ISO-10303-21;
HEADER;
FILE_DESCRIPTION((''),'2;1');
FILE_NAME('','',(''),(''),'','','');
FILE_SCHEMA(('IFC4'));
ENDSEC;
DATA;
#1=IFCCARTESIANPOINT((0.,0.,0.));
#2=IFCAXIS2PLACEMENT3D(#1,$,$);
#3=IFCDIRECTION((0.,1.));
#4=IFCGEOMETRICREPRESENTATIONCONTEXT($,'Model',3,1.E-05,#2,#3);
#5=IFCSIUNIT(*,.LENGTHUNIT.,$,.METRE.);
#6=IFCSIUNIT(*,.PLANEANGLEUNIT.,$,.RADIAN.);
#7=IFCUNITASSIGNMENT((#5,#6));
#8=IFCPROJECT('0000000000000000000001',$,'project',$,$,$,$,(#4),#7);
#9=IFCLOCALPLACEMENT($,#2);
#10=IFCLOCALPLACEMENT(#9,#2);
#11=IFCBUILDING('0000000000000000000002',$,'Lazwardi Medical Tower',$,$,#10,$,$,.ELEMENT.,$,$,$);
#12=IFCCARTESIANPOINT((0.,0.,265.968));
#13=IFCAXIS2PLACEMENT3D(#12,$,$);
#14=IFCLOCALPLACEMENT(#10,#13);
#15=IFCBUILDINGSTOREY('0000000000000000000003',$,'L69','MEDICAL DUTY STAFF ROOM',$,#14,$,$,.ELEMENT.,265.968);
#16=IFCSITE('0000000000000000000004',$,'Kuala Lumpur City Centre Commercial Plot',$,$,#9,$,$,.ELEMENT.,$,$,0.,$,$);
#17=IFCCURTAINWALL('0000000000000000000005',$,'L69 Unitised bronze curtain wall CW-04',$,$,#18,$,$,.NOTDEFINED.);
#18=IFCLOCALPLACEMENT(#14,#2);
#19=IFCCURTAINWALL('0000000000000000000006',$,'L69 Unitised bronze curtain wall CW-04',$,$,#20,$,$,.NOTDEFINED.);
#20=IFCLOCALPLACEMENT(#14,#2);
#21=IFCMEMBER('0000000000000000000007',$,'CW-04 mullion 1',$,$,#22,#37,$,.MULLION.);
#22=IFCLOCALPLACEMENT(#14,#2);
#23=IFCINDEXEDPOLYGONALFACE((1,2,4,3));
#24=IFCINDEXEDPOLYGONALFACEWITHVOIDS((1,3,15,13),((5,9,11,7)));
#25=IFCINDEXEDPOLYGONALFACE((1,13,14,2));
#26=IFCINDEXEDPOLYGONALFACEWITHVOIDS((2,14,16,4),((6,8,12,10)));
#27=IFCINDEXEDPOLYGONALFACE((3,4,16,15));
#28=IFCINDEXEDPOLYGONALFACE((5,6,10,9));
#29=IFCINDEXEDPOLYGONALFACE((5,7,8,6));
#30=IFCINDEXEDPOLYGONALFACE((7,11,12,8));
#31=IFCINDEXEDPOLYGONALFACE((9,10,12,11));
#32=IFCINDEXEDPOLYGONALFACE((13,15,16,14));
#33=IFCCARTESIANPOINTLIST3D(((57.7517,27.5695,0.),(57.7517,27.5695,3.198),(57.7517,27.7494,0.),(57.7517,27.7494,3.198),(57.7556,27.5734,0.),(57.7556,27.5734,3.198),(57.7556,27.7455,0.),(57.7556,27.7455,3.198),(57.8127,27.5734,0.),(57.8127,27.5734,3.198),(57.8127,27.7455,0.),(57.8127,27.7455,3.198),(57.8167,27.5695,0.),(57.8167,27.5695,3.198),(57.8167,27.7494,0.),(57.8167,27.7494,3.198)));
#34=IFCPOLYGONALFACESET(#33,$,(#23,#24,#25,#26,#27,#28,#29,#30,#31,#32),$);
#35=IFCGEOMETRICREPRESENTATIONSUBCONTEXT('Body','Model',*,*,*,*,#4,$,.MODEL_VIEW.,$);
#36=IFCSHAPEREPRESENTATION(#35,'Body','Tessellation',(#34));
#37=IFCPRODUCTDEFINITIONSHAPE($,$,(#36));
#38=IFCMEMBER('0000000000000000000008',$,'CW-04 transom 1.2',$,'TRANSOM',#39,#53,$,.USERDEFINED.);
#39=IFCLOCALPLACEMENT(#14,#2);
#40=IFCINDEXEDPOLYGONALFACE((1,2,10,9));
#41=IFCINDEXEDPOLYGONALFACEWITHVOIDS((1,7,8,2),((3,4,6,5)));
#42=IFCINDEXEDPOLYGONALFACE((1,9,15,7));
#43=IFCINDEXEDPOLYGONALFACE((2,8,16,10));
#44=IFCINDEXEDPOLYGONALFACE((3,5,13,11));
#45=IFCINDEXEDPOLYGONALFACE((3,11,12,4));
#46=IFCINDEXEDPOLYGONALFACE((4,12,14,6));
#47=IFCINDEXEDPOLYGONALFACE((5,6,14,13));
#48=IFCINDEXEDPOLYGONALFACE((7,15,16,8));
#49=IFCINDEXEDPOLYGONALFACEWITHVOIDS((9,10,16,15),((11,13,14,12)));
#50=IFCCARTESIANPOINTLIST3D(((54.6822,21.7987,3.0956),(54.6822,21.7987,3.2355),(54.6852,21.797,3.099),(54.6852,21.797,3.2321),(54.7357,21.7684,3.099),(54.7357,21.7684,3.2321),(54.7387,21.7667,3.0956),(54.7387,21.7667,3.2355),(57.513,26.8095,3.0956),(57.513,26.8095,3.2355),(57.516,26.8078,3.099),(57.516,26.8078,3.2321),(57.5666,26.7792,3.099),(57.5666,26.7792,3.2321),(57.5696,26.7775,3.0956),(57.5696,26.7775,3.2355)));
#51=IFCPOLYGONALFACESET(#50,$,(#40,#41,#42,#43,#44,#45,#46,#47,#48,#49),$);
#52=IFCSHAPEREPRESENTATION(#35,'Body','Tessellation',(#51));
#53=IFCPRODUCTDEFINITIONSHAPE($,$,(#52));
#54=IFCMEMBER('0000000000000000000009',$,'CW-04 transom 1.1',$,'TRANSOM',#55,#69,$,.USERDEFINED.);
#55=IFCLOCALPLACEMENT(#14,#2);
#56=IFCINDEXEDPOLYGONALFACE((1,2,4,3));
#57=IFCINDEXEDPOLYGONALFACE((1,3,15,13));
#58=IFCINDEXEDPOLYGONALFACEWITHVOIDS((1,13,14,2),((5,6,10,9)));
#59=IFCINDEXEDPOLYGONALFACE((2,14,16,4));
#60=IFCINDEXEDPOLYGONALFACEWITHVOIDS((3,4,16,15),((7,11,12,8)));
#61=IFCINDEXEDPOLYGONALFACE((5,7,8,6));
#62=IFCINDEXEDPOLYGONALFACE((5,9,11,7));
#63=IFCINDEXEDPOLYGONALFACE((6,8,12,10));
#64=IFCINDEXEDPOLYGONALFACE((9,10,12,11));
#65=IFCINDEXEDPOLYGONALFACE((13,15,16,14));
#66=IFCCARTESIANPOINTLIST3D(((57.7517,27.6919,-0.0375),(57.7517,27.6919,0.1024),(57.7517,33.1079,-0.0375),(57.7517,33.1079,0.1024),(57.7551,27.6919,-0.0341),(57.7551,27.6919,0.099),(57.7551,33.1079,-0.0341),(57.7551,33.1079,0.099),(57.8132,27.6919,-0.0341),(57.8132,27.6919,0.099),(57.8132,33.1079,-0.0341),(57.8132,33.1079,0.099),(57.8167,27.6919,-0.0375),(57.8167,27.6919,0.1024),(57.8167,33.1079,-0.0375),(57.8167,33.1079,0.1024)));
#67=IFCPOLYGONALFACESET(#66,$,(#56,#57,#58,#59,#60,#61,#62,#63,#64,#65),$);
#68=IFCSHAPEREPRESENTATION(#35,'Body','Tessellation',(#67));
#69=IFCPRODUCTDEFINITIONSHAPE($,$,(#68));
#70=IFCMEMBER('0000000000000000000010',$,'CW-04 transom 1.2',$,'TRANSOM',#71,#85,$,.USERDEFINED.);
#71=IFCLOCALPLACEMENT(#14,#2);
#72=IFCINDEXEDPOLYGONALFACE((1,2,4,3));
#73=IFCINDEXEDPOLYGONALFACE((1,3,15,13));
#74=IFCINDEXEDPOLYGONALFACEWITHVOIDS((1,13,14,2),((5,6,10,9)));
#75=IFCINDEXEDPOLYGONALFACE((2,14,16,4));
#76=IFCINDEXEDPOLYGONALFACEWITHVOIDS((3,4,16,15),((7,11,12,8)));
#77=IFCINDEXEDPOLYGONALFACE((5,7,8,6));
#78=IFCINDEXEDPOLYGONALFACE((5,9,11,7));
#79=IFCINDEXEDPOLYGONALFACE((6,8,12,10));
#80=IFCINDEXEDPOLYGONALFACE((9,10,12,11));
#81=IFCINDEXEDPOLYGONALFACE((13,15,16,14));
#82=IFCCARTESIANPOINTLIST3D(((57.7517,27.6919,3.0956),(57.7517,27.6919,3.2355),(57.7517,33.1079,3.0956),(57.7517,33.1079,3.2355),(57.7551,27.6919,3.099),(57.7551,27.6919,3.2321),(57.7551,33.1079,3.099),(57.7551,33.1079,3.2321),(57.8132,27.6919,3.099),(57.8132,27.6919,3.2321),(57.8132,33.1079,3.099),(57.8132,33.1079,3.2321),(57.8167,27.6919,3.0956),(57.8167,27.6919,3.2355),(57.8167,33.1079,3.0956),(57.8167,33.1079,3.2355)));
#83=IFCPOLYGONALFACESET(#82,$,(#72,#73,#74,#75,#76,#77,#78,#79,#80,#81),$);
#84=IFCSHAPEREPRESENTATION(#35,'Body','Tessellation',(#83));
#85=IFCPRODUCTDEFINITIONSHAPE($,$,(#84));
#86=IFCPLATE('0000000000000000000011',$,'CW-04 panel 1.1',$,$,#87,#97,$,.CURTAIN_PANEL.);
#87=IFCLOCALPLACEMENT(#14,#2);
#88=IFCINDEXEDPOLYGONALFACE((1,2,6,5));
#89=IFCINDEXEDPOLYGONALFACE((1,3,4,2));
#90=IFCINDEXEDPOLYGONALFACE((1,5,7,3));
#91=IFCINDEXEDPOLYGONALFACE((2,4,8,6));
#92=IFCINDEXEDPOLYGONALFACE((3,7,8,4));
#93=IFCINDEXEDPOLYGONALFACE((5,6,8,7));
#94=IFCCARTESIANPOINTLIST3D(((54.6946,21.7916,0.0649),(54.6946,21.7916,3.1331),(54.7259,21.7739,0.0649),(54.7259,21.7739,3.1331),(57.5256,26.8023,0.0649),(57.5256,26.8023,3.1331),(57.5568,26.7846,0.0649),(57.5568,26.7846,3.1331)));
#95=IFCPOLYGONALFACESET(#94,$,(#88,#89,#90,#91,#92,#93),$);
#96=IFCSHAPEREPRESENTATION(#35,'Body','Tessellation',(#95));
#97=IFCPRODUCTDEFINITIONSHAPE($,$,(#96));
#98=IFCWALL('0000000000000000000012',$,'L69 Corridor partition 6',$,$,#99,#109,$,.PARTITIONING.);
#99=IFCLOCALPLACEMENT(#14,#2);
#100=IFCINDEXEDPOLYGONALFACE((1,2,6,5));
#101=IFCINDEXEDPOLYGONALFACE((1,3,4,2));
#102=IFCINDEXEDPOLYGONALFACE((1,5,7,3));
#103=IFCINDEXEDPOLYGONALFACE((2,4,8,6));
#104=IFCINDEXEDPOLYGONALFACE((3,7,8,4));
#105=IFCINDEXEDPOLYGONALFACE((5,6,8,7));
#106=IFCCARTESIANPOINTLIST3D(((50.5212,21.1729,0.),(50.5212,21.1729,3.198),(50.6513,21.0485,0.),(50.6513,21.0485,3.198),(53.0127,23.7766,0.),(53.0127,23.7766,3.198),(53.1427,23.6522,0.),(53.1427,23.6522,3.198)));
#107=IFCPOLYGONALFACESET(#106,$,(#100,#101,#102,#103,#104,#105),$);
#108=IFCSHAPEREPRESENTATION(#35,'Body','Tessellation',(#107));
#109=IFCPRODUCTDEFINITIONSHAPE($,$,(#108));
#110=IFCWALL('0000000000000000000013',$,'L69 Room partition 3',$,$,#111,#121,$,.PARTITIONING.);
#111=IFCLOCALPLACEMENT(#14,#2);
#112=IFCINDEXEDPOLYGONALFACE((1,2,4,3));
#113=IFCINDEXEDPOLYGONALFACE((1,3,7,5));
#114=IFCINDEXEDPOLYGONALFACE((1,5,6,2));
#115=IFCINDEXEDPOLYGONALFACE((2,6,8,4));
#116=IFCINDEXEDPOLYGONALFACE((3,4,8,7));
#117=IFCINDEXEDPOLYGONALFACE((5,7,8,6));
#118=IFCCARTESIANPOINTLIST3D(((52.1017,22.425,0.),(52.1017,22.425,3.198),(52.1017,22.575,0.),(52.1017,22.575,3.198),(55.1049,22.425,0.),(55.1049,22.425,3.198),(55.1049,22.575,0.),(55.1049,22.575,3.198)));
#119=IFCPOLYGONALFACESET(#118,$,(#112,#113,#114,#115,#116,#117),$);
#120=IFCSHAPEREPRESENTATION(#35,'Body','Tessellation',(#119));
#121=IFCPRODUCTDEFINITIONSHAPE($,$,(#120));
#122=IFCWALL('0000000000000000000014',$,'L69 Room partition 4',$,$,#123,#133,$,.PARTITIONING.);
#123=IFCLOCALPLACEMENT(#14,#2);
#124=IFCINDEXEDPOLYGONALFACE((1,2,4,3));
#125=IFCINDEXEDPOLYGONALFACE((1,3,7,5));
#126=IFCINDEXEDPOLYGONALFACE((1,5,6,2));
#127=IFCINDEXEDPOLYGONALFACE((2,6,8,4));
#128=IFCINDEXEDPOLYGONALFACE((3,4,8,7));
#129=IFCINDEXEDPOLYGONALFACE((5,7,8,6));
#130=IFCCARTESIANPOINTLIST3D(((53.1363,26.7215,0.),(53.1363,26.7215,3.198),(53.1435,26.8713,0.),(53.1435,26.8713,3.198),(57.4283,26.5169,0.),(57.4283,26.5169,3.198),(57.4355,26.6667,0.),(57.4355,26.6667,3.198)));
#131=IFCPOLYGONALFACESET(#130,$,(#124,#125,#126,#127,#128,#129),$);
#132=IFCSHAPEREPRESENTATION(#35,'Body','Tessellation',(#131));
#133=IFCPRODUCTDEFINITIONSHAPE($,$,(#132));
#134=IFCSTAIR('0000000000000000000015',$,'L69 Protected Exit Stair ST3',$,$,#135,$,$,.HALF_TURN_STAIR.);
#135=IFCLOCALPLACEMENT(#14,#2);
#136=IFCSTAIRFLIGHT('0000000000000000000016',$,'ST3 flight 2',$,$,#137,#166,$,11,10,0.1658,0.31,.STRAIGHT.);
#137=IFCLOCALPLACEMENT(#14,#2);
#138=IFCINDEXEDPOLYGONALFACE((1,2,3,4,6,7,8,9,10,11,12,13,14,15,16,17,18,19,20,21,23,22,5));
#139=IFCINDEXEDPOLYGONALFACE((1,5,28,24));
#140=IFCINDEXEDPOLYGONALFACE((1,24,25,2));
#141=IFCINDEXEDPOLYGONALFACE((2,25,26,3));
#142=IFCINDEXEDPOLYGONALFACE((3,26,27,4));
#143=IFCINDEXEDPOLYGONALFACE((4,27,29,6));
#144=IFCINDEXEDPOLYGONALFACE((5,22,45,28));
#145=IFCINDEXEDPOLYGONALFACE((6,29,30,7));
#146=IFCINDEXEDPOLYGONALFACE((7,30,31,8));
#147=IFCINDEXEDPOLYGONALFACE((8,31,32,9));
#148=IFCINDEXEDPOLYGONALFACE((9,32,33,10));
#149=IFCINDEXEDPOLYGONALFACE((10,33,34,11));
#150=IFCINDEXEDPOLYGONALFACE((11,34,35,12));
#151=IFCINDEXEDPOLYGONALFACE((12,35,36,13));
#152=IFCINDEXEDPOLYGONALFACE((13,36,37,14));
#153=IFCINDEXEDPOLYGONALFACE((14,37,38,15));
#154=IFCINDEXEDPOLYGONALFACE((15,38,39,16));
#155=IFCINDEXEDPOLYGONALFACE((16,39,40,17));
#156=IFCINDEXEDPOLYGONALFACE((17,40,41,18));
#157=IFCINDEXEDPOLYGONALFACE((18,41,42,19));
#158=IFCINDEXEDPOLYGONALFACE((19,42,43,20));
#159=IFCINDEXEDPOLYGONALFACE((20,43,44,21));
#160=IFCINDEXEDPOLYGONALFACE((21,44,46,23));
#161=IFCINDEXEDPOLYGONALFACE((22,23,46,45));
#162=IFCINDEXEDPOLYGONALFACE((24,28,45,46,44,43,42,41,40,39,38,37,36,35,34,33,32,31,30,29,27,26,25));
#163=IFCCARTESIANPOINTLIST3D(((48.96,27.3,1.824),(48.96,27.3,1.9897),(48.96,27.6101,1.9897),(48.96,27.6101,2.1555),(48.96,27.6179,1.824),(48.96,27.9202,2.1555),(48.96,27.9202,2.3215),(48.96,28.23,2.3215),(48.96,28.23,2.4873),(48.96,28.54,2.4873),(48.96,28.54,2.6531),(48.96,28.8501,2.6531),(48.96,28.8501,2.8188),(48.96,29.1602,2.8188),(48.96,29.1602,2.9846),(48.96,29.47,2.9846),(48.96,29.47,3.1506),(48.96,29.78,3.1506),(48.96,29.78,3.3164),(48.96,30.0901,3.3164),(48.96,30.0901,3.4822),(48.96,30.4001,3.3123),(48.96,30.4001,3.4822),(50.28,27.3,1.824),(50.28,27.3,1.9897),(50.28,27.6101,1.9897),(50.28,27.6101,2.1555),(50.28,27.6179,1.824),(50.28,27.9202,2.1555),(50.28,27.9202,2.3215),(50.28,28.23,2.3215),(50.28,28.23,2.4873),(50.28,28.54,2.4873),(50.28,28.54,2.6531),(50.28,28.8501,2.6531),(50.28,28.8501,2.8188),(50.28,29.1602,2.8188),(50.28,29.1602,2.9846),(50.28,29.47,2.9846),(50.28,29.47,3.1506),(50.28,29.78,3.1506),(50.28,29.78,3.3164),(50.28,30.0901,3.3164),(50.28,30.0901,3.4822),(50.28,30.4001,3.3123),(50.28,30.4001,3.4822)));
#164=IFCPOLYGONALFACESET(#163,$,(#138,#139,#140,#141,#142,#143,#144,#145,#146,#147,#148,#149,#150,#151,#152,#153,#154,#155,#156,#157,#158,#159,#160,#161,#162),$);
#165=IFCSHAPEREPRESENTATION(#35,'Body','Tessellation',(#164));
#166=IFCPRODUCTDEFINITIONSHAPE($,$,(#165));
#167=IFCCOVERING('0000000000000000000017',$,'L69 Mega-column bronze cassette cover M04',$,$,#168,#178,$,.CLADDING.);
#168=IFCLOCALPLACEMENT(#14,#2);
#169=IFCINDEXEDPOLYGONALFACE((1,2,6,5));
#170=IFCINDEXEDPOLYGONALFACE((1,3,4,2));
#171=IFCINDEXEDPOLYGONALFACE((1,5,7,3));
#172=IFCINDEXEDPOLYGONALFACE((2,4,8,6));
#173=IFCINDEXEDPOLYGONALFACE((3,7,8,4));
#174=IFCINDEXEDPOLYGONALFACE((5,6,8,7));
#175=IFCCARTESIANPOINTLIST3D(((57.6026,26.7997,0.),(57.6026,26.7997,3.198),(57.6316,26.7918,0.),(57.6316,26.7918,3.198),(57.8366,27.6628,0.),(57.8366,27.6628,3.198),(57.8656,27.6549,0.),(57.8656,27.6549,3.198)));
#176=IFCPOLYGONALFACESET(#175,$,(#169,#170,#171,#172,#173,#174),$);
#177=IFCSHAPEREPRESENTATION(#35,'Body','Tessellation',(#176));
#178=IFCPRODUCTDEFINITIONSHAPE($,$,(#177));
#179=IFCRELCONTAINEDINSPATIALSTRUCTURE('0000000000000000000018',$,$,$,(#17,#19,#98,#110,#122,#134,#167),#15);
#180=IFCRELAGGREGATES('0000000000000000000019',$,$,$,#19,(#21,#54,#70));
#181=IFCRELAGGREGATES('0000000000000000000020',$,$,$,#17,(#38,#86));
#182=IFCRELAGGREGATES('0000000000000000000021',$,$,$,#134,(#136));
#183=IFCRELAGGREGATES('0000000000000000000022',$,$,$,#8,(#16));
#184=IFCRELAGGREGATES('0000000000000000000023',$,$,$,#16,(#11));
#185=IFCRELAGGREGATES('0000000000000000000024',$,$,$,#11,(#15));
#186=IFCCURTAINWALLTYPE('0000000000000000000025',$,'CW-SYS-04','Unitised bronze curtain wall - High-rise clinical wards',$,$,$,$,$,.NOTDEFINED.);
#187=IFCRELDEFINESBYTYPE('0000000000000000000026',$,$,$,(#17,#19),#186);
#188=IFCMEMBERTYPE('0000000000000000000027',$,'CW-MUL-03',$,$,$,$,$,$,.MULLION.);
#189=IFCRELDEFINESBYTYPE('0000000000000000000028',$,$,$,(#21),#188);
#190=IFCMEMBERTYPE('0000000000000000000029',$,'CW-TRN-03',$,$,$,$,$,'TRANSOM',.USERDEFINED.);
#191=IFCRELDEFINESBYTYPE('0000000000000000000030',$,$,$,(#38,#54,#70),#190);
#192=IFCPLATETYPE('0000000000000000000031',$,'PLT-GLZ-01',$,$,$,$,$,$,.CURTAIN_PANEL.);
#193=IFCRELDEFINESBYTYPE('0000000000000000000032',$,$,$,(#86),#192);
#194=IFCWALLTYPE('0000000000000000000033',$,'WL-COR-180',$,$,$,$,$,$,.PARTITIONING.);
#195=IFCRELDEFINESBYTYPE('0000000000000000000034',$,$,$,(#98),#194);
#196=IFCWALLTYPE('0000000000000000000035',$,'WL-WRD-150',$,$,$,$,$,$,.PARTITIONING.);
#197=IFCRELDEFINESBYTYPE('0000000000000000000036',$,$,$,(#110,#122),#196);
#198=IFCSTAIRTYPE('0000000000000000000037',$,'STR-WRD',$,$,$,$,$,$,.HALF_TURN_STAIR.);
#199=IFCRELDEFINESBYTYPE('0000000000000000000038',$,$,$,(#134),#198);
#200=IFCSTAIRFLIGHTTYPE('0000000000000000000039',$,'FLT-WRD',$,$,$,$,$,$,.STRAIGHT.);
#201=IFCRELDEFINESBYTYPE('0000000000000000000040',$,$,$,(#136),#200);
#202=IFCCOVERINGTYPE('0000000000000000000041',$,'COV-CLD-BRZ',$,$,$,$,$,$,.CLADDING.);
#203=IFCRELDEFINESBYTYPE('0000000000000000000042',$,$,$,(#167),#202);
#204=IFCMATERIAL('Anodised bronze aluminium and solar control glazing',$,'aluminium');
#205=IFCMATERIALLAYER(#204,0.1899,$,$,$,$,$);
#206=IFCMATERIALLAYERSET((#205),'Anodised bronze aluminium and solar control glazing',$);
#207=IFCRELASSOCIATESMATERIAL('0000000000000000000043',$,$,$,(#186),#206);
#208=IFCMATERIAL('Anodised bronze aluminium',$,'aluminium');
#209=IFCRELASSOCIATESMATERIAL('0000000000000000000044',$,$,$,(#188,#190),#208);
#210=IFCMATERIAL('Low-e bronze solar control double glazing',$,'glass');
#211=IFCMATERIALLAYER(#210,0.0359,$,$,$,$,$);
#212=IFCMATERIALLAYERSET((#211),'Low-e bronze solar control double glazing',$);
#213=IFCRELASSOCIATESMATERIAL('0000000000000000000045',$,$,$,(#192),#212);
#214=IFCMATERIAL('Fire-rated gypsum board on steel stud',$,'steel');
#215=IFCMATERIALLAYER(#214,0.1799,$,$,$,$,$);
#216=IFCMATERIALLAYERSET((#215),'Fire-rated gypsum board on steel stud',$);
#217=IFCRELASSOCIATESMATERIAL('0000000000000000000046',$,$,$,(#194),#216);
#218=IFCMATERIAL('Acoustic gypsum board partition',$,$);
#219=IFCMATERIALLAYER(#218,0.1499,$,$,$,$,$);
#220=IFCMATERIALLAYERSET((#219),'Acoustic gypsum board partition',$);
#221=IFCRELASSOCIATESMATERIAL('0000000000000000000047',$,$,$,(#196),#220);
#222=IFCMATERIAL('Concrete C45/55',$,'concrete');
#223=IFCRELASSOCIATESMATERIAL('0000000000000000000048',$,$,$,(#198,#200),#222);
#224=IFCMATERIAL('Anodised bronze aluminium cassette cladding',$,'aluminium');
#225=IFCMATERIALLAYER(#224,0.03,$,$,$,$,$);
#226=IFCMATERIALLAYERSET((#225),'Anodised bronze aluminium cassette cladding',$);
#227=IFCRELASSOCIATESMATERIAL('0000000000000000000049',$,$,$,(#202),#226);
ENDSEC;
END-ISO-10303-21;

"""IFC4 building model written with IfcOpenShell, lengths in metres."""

from ifc_helpers import new_model, si_unit, direction, frame, frame_2d, origin, origin_2d, place, context, subcontext, project, spatial, polyline, rectangle, hollow_rectangle, outline, extrude, material, layer, layer_set, material_profile, profile_set, type_object, element, aggregate, save


model = new_model("IFC4")

# Units and contexts
model_context = context("Model", 3, precision=1e-05, world=origin(), true_north=direction((0.0, 1.0)))
body_context = subcontext(model_context, "Body", "Model", "MODEL_VIEW")
ifc_project = project(units=[si_unit("LENGTHUNIT", "METRE"), si_unit("PLANEANGLEUNIT", "RADIAN")], contexts=[model_context])

# Site, building, storey
site_placement = place(None, origin())
site = spatial("IfcSite", under=ifc_project, at=site_placement, Name="Kuala Lumpur City Centre Commercial Plot", CompositionType="ELEMENT", RefElevation=0.0)
building_placement = place(site_placement, origin())
building = spatial("IfcBuilding", under=site, at=building_placement, Name="Lazwardi Medical Tower", CompositionType="ELEMENT")
storey_placement = place(building_placement, frame((0.0, 0.0, 265.968)))
storey = spatial("IfcBuildingStorey", under=building, at=storey_placement, Name="L69", Description="MEDICAL DUTY STAFF ROOM", CompositionType="ELEMENT", Elevation=265.968)

# Curtain walls, member
ifc_material_1 = material(Name="Anodised bronze aluminium and solar control glazing", Category="aluminium")
ifc_layer_1 = layer(ifc_material_1, 0.1899)
ifc_layer_set_1 = layer_set([ifc_layer_1], Name="Anodised bronze aluminium and solar control glazing")
curtain_wall_type = type_object("IfcCurtainWallType", Name="CW-SYS-04", Description="Unitised bronze curtain wall - High-rise clinical wards", PredefinedType="NOTDEFINED", material=ifc_layer_set_1)
curtain_wall_1_placement = place(storey_placement, origin())
curtain_wall_1 = element("IfcCurtainWall", 1, at=curtain_wall_1_placement, inside=storey, type_object=curtain_wall_type, Name="L69 Unitised bronze curtain wall CW-04", PredefinedType="NOTDEFINED")
ifc_material_2 = material(Name="Anodised bronze aluminium", Category="aluminium")
ifc_material_profile_1 = material_profile(ifc_material_2, hollow_rectangle(XDim=0.0649, YDim=0.1799, WallThickness=0.0039, at=origin_2d()), Name="ALU-MULLION 180x65x4")
ifc_profile_set_1 = profile_set([ifc_material_profile_1], Name="Anodised bronze aluminium")
member_type_1 = type_object("IfcMemberType", Name="CW-MUL-03", PredefinedType="MULLION", material=ifc_profile_set_1)
curtain_wall_2_placement = place(storey_placement, origin())
curtain_wall_2 = element("IfcCurtainWall", 2, at=curtain_wall_2_placement, inside=storey, type_object=curtain_wall_type, Name="L69 Unitised bronze curtain wall CW-04", PredefinedType="NOTDEFINED")
member_1_placement = place(storey_placement, frame((57.7842, 27.6594, 0.0), z_axis=(0.0, 0.0, 1.0), x_axis=(-1.0, 0.0, 0.0)))
member_1 = element("IfcMember", 3, at=member_1_placement, type_object=member_type_1, Name="CW-04 mullion 1", PredefinedType="MULLION", context=body_context, shape_type="SweptSolid", body=[
    extrude(hollow_rectangle(XDim=0.0649, YDim=0.1799, WallThickness=0.0039, at=origin_2d()), origin(), (0.0, 0.0, 1.0), 3.198),
])

# Members
ifc_material_profile_2 = material_profile(ifc_material_2, hollow_rectangle(XDim=0.0649, YDim=0.1399, WallThickness=0.0034, at=origin_2d()), Name="ALU-TRANSOM 140x65x3.5")
ifc_profile_set_2 = profile_set([ifc_material_profile_2], Name="Anodised bronze aluminium")
member_type_2 = type_object("IfcMemberType", Name="CW-TRN-03", ElementType="TRANSOM", PredefinedType="USERDEFINED", material=ifc_profile_set_2)
member_2_placement = place(storey_placement, frame((54.7104, 21.7827, 3.1655), z_axis=(0.49188, 0.870663, 0.0), x_axis=(-0.870663, 0.49188, 0.0)))
member_2 = element("IfcMember", 4, at=member_2_placement, type_object=member_type_2, Name="CW-04 transom 1.2", ObjectType="TRANSOM", PredefinedType="USERDEFINED", context=body_context, shape_type="SweptSolid", body=[
    extrude(hollow_rectangle(XDim=0.0649, YDim=0.1399, WallThickness=0.0034, at=origin_2d()), origin(), (0.0, 0.0, 1.0), 5.7551),
])
member_3_placement = place(storey_placement, frame((57.7842, 27.6919, 0.0325), z_axis=(0.0, 1.0, 0.0), x_axis=(-1.0, 0.0, 0.0)))
member_3 = element("IfcMember", 5, at=member_3_placement, type_object=member_type_2, Name="CW-04 transom 1.1", ObjectType="TRANSOM", PredefinedType="USERDEFINED", context=body_context, shape_type="SweptSolid", body=[
    extrude(hollow_rectangle(XDim=0.0649, YDim=0.1399, WallThickness=0.0034, at=origin_2d()), origin(), (0.0, 0.0, 1.0), 5.416),
])
member_4_placement = place(storey_placement, frame((57.7842, 27.6919, 3.1655), z_axis=(0.0, 1.0, 0.0), x_axis=(-1.0, 0.0, 0.0)))
member_4 = element("IfcMember", 6, at=member_4_placement, type_object=member_type_2, Name="CW-04 transom 1.2", ObjectType="TRANSOM", PredefinedType="USERDEFINED", context=body_context, shape_type="SweptSolid", body=[
    extrude(hollow_rectangle(XDim=0.0649, YDim=0.1399, WallThickness=0.0034, at=origin_2d()), origin(), (0.0, 0.0, 1.0), 5.416),
])
aggregate(curtain_wall_2, [member_1, member_3, member_4])

# Plate
ifc_material_3 = material(Name="Low-e bronze solar control double glazing", Category="glass")
ifc_layer_2 = layer(ifc_material_3, 0.0359)
ifc_layer_set_2 = layer_set([ifc_layer_2], Name="Low-e bronze solar control double glazing")
plate_type = type_object("IfcPlateType", Name="PLT-GLZ-01", PredefinedType="CURTAIN_PANEL", material=ifc_layer_set_2)
plate_placement = place(storey_placement, frame((56.1257, 24.2881, 0.0649), z_axis=(0.0, 0.0, 1.0), x_axis=(0.4919, 0.870651, 0.0)))
plate = element("IfcPlate", 7, at=plate_placement, type_object=plate_type, Name="CW-04 panel 1.1", PredefinedType="CURTAIN_PANEL", context=body_context, shape_type="SweptSolid", body=[
    extrude(rectangle(XDim=5.7551, YDim=0.0359, at=origin_2d()), origin(), (0.0, 0.0, 1.0), 3.0681),
])
aggregate(curtain_wall_1, [member_2, plate])

# Walls
ifc_material_4 = material(Name="Fire-rated gypsum board on steel stud", Category="steel")
ifc_layer_3 = layer(ifc_material_4, 0.1799)
ifc_layer_set_3 = layer_set([ifc_layer_3], Name="Fire-rated gypsum board on steel stud")
wall_type_1 = type_object("IfcWallType", Name="WL-COR-180", PredefinedType="PARTITIONING", material=ifc_layer_set_3)
wall_1_placement = place(storey_placement, frame((53.0776, 23.7144, 0.0), z_axis=(0.0, 0.0, 1.0), x_axis=(-0.691353, -0.722517, 0.0)))
element("IfcWall", 8, at=wall_1_placement, inside=storey, type_object=wall_type_1, Name="L69 Corridor partition 6", PredefinedType="PARTITIONING", context=body_context, shape_type="SweptSolid", body=[
    extrude(rectangle(XDim=3.6038, YDim=0.1799, at=frame_2d((1.8018, 0.0))), origin(), (0.0, 0.0, 1.0), 3.198),
])
ifc_material_5 = material(Name="Acoustic gypsum board partition")
ifc_layer_4 = layer(ifc_material_5, 0.1499)
ifc_layer_set_4 = layer_set([ifc_layer_4], Name="Acoustic gypsum board partition")
wall_type_2 = type_object("IfcWallType", Name="WL-WRD-150", PredefinedType="PARTITIONING", material=ifc_layer_set_4)
wall_2_placement = place(storey_placement, frame((52.1018, 22.5, 0.0), z_axis=(0.0, 0.0, 1.0), x_axis=(1.0, 0.0, 0.0)))
element("IfcWall", 9, at=wall_2_placement, inside=storey, type_object=wall_type_2, Name="L69 Room partition 3", PredefinedType="PARTITIONING", context=body_context, shape_type="SweptSolid", body=[
    extrude(rectangle(XDim=3.0032, YDim=0.1499, at=frame_2d((1.5015, 0.0))), origin(), (0.0, 0.0, 1.0), 3.198),
])
wall_3_placement = place(storey_placement, frame((53.1399, 26.7964, 0.0), z_axis=(0.0, 0.0, 1.0), x_axis=(0.998866, -0.047614, 0.0)))
element("IfcWall", 10, at=wall_3_placement, inside=storey, type_object=wall_type_2, Name="L69 Room partition 4", PredefinedType="PARTITIONING", context=body_context, shape_type="SweptSolid", body=[
    extrude(rectangle(XDim=4.2969, YDim=0.1499, at=frame_2d((2.1484, 0.0))), origin(), (0.0, 0.0, 1.0), 3.198),
])

# Stair, stair flight
ifc_material_6 = material(Name="Concrete C45/55", Category="concrete")
stair_type = type_object("IfcStairType", Name="STR-WRD", PredefinedType="HALF_TURN_STAIR", material=ifc_material_6)
stair_placement = place(storey_placement, origin())
stair = element("IfcStair", 11, at=stair_placement, inside=storey, type_object=stair_type, Name="L69 Protected Exit Stair ST3", PredefinedType="HALF_TURN_STAIR")
stair_flight_type = type_object("IfcStairFlightType", Name="FLT-WRD", PredefinedType="STRAIGHT", material=ifc_material_6)
stair_flight_placement = place(storey_placement, frame((49.6201, 27.3, 1.824), z_axis=(0.0, 0.0, 1.0), x_axis=(0.0, 1.0, 0.0)))
stair_flight = element("IfcStairFlight", 12, at=stair_flight_placement, type_object=stair_flight_type, Name="ST3 flight 2", NumberOfRisers=11, NumberOfTreads=10, PredefinedType="STRAIGHT", RiserHeight=0.1658, TreadLength=0.31, context=body_context, shape_type="SweptSolid", body=[
    extrude(outline(polyline([(0.0, 0.0), (0.0, 0.1658), (0.3101, 0.1658), (0.3101, 0.3315), (0.6201, 0.3315), (0.6201, 0.4976), (0.9299, 0.4976), (0.9299, 0.6633), (1.24, 0.6633), (1.24, 0.8291), (1.55, 0.8291), (1.55, 0.9949), (1.8601, 0.9949), (1.8601, 1.1606), (2.1699, 1.1606), (2.1699, 1.3267), (2.48, 1.3267), (2.48, 1.4924), (2.79, 1.4924), (2.79, 1.6582), (3.1001, 1.6582), (3.1001, 1.824), (3.1001, 1.4883), (0.3179, 0.0), (0.0, 0.0)])), frame((0.0, 0.6602, 0.0), z_axis=(0.0, -1.0, 0.0), x_axis=(1.0, 0.0, 0.0)), (0.0, 0.0, 1.0), 1.3201),
])
aggregate(stair, [stair_flight])

# Covering
ifc_material_7 = material(Name="Anodised bronze aluminium cassette cladding", Category="aluminium")
ifc_layer_5 = layer(ifc_material_7, 0.03)
ifc_layer_set_5 = layer_set([ifc_layer_5], Name="Anodised bronze aluminium cassette cladding")
covering_type = type_object("IfcCoveringType", Name="COV-CLD-BRZ", PredefinedType="CLADDING", material=ifc_layer_set_5)
covering_placement = place(storey_placement, frame((57.7341, 27.2273, 0.0), z_axis=(0.0, 0.0, 1.0), x_axis=(0.261642, 0.965165, 0.0)))
element("IfcCovering", 13, at=covering_placement, inside=storey, type_object=covering_type, Name="L69 Mega-column bronze cassette cover M04", PredefinedType="CLADDING", context=body_context, shape_type="SweptSolid", body=[
    extrude(rectangle(XDim=0.8943, YDim=0.03, at=origin_2d()), origin(), (0.0, 0.0, 1.0), 3.198),
])

save(model, "model.ifc")
